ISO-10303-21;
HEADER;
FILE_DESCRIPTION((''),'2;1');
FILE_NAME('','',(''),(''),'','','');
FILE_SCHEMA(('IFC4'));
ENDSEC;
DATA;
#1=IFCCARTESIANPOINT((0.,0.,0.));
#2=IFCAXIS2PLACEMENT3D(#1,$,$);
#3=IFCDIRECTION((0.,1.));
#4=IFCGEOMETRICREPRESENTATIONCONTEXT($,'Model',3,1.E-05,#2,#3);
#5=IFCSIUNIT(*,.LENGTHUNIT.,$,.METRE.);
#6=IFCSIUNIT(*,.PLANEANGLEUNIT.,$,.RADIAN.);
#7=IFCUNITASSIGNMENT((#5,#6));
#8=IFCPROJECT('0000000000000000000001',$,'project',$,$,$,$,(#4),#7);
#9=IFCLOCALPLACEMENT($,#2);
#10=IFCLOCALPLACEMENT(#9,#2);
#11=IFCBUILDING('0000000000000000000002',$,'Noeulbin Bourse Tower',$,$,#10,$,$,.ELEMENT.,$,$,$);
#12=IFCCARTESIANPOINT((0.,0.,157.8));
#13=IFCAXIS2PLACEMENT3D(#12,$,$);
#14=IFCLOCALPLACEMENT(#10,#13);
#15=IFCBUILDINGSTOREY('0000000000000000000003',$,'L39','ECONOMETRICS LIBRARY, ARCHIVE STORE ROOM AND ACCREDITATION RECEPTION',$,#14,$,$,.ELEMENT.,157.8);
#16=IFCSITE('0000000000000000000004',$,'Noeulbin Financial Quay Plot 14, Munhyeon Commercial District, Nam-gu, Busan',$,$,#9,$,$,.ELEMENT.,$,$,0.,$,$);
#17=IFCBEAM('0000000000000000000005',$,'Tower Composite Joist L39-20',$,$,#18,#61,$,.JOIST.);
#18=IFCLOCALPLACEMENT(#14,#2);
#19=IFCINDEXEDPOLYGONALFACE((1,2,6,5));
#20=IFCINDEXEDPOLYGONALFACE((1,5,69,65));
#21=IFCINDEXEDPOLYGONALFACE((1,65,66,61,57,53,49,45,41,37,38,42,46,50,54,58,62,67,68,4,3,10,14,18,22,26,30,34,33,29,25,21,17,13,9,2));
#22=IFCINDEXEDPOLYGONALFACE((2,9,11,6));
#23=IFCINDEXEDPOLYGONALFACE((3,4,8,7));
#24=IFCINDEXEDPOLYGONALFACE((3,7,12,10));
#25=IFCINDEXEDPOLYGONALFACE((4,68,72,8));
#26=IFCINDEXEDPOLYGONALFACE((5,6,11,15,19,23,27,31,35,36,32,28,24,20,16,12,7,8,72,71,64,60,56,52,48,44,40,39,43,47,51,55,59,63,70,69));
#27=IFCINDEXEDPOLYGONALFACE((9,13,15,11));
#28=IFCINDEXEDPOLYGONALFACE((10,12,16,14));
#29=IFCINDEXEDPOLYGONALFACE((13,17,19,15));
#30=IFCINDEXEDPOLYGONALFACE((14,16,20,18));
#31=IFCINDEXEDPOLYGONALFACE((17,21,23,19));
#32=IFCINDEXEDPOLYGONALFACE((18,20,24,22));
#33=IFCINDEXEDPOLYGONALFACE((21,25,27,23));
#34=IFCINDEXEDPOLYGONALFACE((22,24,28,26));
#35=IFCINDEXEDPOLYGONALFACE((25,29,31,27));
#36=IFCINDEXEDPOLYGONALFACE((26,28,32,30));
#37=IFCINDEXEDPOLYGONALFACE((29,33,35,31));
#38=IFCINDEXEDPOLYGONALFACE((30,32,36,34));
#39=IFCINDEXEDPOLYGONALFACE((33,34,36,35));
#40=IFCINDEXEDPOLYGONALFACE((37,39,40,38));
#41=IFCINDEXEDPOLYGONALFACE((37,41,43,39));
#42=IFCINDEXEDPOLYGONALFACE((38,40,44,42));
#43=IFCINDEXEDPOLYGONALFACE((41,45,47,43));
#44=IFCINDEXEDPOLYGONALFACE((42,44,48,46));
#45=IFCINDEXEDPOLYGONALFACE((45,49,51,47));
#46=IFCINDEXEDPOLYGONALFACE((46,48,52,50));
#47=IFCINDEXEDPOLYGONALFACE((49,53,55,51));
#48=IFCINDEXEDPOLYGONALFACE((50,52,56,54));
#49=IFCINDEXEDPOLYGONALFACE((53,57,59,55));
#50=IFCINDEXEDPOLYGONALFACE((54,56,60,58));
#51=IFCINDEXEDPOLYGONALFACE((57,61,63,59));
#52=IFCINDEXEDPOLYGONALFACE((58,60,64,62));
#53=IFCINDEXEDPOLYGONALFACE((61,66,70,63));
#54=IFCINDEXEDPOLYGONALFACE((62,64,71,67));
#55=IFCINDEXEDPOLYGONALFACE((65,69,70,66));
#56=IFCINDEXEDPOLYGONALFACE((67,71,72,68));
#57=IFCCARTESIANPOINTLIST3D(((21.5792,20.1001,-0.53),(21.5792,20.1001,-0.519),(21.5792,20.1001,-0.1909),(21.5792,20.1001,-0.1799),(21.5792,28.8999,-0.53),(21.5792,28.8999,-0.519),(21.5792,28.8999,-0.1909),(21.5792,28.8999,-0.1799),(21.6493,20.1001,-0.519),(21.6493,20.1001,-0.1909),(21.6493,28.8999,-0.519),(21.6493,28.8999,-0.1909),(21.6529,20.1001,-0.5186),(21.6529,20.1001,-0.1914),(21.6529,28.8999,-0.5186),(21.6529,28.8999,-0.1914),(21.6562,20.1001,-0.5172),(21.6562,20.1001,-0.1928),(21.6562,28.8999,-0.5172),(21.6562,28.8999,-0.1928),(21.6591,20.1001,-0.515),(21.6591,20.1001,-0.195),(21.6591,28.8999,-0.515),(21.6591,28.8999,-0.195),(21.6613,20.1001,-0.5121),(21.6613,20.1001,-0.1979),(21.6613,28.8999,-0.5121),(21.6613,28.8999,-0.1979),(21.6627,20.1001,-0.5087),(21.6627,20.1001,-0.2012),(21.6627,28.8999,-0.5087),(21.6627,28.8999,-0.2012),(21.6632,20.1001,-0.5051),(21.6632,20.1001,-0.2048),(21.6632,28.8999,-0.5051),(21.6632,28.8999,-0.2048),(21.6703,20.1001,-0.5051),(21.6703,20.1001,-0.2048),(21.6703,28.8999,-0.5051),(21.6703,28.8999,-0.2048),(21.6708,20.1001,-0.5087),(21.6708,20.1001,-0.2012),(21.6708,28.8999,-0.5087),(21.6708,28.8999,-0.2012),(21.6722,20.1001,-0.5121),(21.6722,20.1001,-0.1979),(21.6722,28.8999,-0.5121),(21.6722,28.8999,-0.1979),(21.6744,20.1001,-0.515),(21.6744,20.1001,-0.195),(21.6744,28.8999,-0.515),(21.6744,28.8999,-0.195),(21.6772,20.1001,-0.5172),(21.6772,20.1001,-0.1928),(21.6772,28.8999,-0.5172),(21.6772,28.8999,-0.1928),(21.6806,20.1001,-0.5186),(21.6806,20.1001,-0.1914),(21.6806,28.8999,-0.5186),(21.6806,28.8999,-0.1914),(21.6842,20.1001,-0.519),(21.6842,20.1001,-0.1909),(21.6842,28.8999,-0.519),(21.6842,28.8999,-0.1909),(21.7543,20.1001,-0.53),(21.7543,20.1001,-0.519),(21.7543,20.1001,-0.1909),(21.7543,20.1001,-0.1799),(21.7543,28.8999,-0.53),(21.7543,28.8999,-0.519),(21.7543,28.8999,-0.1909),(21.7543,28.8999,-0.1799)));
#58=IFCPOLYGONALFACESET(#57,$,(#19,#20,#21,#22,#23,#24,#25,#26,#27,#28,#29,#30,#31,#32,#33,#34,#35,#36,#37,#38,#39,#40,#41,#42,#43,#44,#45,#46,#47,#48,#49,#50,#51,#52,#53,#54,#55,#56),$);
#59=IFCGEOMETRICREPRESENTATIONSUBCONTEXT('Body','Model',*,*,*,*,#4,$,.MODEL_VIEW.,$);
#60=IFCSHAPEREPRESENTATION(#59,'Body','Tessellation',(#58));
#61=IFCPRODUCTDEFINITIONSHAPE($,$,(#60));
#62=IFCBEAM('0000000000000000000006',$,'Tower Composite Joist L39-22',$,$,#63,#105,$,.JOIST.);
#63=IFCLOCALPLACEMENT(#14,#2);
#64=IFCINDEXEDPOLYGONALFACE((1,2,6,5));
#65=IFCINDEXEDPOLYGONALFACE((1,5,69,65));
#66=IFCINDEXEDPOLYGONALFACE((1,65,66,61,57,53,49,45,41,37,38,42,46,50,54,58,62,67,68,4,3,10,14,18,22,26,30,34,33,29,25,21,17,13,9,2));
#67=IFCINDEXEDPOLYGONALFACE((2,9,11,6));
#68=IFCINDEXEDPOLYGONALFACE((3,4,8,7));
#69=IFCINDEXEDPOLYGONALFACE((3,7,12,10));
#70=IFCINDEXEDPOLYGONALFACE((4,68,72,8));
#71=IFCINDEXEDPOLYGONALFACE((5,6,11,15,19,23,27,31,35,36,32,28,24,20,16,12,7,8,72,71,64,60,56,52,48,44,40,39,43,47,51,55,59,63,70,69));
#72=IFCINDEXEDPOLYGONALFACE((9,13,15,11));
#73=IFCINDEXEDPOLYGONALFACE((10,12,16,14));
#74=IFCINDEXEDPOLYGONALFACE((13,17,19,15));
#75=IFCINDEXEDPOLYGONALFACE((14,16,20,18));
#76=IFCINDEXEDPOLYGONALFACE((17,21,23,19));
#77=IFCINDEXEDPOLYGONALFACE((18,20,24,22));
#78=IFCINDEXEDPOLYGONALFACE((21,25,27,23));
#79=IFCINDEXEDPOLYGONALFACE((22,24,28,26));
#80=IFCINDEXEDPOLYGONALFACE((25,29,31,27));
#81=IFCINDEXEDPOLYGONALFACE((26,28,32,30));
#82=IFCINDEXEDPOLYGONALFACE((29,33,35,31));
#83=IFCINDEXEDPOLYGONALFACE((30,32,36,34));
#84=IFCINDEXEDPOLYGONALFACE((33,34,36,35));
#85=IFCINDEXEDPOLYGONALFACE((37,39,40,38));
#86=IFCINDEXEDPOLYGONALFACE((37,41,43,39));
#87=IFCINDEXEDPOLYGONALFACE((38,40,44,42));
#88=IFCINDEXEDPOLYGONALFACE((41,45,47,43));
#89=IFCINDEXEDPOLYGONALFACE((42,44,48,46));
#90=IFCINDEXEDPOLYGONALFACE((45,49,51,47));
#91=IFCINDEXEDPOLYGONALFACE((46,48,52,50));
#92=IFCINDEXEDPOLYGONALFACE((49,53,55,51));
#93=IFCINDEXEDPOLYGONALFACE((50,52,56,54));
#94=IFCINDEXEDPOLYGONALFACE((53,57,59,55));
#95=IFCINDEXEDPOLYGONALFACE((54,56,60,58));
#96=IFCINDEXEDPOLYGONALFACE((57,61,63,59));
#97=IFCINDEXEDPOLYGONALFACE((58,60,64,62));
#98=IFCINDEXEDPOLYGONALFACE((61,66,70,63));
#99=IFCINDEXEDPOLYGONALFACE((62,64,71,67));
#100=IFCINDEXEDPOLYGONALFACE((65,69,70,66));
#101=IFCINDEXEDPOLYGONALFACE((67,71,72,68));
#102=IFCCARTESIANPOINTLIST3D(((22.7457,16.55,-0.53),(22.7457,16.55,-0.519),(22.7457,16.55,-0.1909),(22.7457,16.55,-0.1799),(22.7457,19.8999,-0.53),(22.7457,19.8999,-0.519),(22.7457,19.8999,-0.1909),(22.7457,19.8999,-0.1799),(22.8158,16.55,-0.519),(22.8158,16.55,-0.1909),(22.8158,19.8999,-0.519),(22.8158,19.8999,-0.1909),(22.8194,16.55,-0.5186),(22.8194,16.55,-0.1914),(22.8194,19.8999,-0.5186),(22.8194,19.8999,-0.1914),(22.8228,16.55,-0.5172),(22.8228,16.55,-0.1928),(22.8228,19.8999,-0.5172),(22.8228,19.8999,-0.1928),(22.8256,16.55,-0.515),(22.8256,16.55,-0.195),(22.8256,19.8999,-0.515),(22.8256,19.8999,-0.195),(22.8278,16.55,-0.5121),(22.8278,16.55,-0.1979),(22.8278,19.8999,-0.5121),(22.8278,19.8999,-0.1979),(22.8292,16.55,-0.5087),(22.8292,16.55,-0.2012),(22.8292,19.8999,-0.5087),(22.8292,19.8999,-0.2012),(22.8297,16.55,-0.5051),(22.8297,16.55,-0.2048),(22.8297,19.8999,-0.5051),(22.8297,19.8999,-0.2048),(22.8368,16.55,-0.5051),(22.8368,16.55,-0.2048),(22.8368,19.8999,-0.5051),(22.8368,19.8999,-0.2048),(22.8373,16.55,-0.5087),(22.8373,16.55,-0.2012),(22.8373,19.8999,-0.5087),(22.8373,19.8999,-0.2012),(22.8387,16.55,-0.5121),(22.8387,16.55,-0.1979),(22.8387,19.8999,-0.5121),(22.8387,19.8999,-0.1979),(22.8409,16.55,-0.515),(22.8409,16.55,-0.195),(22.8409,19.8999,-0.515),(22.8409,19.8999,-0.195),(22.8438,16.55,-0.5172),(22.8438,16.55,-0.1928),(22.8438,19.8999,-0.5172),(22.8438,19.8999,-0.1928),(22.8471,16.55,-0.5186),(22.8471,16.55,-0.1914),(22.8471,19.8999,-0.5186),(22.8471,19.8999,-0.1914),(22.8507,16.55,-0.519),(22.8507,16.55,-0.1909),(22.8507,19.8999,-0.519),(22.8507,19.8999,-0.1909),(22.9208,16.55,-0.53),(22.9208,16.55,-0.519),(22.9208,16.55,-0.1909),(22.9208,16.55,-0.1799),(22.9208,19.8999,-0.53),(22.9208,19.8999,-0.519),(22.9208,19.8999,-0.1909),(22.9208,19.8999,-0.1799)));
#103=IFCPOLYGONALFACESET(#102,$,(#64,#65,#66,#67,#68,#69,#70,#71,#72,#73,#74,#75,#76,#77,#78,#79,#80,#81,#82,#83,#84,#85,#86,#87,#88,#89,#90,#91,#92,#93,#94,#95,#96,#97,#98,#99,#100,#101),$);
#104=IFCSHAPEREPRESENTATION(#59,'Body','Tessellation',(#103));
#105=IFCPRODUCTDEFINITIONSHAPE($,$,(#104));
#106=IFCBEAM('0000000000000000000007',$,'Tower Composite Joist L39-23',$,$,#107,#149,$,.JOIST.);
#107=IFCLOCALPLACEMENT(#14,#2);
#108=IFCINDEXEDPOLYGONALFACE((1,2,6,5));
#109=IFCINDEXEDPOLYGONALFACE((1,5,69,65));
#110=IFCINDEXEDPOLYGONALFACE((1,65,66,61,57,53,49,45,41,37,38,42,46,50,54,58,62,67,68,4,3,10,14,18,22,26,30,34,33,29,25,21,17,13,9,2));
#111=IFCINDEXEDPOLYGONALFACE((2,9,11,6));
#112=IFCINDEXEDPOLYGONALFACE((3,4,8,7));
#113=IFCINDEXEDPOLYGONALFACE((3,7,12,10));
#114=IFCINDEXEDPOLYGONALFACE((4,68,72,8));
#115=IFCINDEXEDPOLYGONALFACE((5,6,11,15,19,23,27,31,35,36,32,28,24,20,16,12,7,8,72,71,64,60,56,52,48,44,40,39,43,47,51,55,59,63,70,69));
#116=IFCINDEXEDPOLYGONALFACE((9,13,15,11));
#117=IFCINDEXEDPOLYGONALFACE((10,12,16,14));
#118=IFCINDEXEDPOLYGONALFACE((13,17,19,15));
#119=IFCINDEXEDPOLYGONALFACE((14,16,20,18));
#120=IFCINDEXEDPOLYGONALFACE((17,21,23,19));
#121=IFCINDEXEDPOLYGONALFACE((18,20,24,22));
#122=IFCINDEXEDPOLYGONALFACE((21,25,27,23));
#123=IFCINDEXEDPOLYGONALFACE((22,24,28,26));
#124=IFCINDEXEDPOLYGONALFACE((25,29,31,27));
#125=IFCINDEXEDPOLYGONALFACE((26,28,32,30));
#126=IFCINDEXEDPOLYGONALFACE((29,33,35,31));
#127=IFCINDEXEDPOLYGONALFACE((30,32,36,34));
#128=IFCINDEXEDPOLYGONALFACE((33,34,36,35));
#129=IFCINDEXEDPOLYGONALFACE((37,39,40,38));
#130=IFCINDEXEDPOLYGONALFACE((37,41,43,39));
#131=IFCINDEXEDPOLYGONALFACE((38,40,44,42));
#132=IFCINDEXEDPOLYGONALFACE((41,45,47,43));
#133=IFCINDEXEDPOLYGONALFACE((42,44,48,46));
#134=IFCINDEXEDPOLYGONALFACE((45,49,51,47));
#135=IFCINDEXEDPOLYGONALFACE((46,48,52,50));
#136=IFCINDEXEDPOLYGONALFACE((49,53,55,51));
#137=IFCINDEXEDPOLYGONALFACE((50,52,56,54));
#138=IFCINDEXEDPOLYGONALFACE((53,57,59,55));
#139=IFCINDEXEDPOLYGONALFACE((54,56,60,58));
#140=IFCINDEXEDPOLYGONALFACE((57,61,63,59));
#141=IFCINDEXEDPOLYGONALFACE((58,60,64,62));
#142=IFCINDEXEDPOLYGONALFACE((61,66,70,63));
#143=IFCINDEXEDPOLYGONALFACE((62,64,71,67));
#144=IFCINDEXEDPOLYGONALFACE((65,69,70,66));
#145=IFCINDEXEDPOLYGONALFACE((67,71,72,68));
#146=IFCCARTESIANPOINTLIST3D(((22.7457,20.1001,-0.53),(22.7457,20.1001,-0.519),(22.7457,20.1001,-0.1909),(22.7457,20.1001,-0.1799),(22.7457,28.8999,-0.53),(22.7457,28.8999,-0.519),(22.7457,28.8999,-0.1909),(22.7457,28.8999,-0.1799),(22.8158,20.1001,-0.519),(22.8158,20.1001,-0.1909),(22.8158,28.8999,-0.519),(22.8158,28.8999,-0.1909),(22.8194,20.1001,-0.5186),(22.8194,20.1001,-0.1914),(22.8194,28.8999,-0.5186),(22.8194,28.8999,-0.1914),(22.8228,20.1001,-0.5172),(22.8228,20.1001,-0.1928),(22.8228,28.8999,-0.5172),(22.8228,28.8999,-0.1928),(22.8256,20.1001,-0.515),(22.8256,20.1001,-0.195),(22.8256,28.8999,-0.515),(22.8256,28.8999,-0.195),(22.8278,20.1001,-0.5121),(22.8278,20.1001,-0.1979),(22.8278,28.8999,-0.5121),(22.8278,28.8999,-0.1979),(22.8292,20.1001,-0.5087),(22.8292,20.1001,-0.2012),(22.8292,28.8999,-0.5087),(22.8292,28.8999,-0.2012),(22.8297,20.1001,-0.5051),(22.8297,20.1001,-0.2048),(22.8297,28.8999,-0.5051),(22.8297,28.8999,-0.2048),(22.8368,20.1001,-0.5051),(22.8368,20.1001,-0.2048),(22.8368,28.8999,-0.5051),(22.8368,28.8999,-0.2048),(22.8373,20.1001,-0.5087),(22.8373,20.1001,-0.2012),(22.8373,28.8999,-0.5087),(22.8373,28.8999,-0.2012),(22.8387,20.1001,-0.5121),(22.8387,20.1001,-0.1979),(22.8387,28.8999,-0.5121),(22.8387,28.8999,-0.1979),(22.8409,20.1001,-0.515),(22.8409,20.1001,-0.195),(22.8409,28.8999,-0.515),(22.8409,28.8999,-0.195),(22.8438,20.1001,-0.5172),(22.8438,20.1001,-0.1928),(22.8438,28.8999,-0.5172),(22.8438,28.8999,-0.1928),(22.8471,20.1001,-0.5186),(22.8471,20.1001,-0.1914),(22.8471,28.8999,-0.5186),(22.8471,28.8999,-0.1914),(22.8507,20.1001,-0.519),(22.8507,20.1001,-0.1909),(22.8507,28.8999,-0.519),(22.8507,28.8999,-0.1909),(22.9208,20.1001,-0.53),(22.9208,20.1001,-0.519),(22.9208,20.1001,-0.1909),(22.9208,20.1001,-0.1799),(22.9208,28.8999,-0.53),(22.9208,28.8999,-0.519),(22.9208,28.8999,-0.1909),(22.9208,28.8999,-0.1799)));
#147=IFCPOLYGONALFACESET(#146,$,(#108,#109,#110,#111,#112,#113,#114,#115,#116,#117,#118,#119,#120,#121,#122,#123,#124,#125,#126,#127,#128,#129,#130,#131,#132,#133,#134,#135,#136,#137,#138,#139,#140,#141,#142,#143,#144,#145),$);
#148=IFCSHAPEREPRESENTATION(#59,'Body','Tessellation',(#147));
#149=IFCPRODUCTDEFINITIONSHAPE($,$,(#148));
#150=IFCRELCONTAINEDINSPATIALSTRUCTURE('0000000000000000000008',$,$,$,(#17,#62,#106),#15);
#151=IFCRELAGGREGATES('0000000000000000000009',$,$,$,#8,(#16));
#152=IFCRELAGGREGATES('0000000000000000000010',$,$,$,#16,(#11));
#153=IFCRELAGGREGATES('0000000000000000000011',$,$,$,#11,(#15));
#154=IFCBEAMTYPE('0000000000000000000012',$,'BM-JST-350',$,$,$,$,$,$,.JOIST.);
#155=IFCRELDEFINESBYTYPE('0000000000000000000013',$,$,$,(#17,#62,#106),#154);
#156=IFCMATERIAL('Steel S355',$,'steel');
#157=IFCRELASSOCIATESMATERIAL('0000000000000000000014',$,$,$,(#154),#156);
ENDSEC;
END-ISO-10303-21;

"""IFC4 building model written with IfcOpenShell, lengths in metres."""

from ifc_helpers import new_model, si_unit, direction, frame, origin, origin_2d, place, context, subcontext, project, spatial, i_section, extrude, material, material_profile, profile_set, type_object, element, save


model = new_model("IFC4")

# Units and contexts
model_context = context("Model", 3, precision=1e-05, world=origin(), true_north=direction((0.0, 1.0)))
body_context = subcontext(model_context, "Body", "Model", "MODEL_VIEW")
ifc_project = project(units=[si_unit("LENGTHUNIT", "METRE"), si_unit("PLANEANGLEUNIT", "RADIAN")], contexts=[model_context])

# Site, building, storey
site_placement = place(None, origin())
site = spatial("IfcSite", under=ifc_project, at=site_placement, Name="Noeulbin Financial Quay Plot 14, Munhyeon Commercial District, Nam-gu, Busan", CompositionType="ELEMENT", RefElevation=0.0)
building_placement = place(site_placement, origin())
building = spatial("IfcBuilding", under=site, at=building_placement, Name="Noeulbin Bourse Tower", CompositionType="ELEMENT")
storey_placement = place(building_placement, frame((0.0, 0.0, 157.8)))
storey = spatial("IfcBuildingStorey", under=building, at=storey_placement, Name="L39", Description="ECONOMETRICS LIBRARY, ARCHIVE STORE ROOM AND ACCREDITATION RECEPTION", CompositionType="ELEMENT", Elevation=157.8)

# Shared definitions
ifc_material_1 = material(Name="Steel S355", Category="steel")

# Beams
ifc_material_profile_1 = material_profile(ifc_material_1, i_section(OverallWidth=0.175, OverallDepth=0.3501, WebThickness=0.0071, FlangeThickness=0.011, FilletRadius=0.0139, at=origin_2d()), Name="H-350x175x7x11", Category="LoadBearing")
ifc_profile_set_1 = profile_set([ifc_material_profile_1], Name="Steel S355")
beam_type_1 = type_object("IfcBeamType", Name="BM-JST-350", PredefinedType="JOIST", material=ifc_profile_set_1)
beam_1_placement = place(storey_placement, frame((21.6667, 20.1001, -0.355), z_axis=(0.0, 1.0, 0.0), x_axis=(-1.0, 0.0, 0.0)))
element("IfcBeam", 1, at=beam_1_placement, inside=storey, type_object=beam_type_1, Name="Tower Composite Joist L39-20", PredefinedType="JOIST", context=body_context, shape_type="SweptSolid", body=[
    extrude(i_section(OverallWidth=0.175, OverallDepth=0.3501, WebThickness=0.0071, FlangeThickness=0.011, FilletRadius=0.0139, at=origin_2d()), origin(), (0.0, 0.0, 1.0), 8.7998),
])
beam_2_placement = place(storey_placement, frame((22.8333, 16.55, -0.355), z_axis=(0.0, 1.0, 0.0), x_axis=(-1.0, 0.0, 0.0)))
element("IfcBeam", 2, at=beam_2_placement, inside=storey, type_object=beam_type_1, Name="Tower Composite Joist L39-22", PredefinedType="JOIST", context=body_context, shape_type="SweptSolid", body=[
    extrude(i_section(OverallWidth=0.175, OverallDepth=0.3501, WebThickness=0.0071, FlangeThickness=0.011, FilletRadius=0.0139, at=origin_2d()), origin(), (0.0, 0.0, 1.0), 3.3499),
])
beam_3_placement = place(storey_placement, frame((22.8333, 20.1001, -0.355), z_axis=(0.0, 1.0, 0.0), x_axis=(-1.0, 0.0, 0.0)))
element("IfcBeam", 3, at=beam_3_placement, inside=storey, type_object=beam_type_1, Name="Tower Composite Joist L39-23", PredefinedType="JOIST", context=body_context, shape_type="SweptSolid", body=[
    extrude(i_section(OverallWidth=0.175, OverallDepth=0.3501, WebThickness=0.0071, FlangeThickness=0.011, FilletRadius=0.0139, at=origin_2d()), origin(), (0.0, 0.0, 1.0), 8.7998),
])

save(model, "model.ifc")
